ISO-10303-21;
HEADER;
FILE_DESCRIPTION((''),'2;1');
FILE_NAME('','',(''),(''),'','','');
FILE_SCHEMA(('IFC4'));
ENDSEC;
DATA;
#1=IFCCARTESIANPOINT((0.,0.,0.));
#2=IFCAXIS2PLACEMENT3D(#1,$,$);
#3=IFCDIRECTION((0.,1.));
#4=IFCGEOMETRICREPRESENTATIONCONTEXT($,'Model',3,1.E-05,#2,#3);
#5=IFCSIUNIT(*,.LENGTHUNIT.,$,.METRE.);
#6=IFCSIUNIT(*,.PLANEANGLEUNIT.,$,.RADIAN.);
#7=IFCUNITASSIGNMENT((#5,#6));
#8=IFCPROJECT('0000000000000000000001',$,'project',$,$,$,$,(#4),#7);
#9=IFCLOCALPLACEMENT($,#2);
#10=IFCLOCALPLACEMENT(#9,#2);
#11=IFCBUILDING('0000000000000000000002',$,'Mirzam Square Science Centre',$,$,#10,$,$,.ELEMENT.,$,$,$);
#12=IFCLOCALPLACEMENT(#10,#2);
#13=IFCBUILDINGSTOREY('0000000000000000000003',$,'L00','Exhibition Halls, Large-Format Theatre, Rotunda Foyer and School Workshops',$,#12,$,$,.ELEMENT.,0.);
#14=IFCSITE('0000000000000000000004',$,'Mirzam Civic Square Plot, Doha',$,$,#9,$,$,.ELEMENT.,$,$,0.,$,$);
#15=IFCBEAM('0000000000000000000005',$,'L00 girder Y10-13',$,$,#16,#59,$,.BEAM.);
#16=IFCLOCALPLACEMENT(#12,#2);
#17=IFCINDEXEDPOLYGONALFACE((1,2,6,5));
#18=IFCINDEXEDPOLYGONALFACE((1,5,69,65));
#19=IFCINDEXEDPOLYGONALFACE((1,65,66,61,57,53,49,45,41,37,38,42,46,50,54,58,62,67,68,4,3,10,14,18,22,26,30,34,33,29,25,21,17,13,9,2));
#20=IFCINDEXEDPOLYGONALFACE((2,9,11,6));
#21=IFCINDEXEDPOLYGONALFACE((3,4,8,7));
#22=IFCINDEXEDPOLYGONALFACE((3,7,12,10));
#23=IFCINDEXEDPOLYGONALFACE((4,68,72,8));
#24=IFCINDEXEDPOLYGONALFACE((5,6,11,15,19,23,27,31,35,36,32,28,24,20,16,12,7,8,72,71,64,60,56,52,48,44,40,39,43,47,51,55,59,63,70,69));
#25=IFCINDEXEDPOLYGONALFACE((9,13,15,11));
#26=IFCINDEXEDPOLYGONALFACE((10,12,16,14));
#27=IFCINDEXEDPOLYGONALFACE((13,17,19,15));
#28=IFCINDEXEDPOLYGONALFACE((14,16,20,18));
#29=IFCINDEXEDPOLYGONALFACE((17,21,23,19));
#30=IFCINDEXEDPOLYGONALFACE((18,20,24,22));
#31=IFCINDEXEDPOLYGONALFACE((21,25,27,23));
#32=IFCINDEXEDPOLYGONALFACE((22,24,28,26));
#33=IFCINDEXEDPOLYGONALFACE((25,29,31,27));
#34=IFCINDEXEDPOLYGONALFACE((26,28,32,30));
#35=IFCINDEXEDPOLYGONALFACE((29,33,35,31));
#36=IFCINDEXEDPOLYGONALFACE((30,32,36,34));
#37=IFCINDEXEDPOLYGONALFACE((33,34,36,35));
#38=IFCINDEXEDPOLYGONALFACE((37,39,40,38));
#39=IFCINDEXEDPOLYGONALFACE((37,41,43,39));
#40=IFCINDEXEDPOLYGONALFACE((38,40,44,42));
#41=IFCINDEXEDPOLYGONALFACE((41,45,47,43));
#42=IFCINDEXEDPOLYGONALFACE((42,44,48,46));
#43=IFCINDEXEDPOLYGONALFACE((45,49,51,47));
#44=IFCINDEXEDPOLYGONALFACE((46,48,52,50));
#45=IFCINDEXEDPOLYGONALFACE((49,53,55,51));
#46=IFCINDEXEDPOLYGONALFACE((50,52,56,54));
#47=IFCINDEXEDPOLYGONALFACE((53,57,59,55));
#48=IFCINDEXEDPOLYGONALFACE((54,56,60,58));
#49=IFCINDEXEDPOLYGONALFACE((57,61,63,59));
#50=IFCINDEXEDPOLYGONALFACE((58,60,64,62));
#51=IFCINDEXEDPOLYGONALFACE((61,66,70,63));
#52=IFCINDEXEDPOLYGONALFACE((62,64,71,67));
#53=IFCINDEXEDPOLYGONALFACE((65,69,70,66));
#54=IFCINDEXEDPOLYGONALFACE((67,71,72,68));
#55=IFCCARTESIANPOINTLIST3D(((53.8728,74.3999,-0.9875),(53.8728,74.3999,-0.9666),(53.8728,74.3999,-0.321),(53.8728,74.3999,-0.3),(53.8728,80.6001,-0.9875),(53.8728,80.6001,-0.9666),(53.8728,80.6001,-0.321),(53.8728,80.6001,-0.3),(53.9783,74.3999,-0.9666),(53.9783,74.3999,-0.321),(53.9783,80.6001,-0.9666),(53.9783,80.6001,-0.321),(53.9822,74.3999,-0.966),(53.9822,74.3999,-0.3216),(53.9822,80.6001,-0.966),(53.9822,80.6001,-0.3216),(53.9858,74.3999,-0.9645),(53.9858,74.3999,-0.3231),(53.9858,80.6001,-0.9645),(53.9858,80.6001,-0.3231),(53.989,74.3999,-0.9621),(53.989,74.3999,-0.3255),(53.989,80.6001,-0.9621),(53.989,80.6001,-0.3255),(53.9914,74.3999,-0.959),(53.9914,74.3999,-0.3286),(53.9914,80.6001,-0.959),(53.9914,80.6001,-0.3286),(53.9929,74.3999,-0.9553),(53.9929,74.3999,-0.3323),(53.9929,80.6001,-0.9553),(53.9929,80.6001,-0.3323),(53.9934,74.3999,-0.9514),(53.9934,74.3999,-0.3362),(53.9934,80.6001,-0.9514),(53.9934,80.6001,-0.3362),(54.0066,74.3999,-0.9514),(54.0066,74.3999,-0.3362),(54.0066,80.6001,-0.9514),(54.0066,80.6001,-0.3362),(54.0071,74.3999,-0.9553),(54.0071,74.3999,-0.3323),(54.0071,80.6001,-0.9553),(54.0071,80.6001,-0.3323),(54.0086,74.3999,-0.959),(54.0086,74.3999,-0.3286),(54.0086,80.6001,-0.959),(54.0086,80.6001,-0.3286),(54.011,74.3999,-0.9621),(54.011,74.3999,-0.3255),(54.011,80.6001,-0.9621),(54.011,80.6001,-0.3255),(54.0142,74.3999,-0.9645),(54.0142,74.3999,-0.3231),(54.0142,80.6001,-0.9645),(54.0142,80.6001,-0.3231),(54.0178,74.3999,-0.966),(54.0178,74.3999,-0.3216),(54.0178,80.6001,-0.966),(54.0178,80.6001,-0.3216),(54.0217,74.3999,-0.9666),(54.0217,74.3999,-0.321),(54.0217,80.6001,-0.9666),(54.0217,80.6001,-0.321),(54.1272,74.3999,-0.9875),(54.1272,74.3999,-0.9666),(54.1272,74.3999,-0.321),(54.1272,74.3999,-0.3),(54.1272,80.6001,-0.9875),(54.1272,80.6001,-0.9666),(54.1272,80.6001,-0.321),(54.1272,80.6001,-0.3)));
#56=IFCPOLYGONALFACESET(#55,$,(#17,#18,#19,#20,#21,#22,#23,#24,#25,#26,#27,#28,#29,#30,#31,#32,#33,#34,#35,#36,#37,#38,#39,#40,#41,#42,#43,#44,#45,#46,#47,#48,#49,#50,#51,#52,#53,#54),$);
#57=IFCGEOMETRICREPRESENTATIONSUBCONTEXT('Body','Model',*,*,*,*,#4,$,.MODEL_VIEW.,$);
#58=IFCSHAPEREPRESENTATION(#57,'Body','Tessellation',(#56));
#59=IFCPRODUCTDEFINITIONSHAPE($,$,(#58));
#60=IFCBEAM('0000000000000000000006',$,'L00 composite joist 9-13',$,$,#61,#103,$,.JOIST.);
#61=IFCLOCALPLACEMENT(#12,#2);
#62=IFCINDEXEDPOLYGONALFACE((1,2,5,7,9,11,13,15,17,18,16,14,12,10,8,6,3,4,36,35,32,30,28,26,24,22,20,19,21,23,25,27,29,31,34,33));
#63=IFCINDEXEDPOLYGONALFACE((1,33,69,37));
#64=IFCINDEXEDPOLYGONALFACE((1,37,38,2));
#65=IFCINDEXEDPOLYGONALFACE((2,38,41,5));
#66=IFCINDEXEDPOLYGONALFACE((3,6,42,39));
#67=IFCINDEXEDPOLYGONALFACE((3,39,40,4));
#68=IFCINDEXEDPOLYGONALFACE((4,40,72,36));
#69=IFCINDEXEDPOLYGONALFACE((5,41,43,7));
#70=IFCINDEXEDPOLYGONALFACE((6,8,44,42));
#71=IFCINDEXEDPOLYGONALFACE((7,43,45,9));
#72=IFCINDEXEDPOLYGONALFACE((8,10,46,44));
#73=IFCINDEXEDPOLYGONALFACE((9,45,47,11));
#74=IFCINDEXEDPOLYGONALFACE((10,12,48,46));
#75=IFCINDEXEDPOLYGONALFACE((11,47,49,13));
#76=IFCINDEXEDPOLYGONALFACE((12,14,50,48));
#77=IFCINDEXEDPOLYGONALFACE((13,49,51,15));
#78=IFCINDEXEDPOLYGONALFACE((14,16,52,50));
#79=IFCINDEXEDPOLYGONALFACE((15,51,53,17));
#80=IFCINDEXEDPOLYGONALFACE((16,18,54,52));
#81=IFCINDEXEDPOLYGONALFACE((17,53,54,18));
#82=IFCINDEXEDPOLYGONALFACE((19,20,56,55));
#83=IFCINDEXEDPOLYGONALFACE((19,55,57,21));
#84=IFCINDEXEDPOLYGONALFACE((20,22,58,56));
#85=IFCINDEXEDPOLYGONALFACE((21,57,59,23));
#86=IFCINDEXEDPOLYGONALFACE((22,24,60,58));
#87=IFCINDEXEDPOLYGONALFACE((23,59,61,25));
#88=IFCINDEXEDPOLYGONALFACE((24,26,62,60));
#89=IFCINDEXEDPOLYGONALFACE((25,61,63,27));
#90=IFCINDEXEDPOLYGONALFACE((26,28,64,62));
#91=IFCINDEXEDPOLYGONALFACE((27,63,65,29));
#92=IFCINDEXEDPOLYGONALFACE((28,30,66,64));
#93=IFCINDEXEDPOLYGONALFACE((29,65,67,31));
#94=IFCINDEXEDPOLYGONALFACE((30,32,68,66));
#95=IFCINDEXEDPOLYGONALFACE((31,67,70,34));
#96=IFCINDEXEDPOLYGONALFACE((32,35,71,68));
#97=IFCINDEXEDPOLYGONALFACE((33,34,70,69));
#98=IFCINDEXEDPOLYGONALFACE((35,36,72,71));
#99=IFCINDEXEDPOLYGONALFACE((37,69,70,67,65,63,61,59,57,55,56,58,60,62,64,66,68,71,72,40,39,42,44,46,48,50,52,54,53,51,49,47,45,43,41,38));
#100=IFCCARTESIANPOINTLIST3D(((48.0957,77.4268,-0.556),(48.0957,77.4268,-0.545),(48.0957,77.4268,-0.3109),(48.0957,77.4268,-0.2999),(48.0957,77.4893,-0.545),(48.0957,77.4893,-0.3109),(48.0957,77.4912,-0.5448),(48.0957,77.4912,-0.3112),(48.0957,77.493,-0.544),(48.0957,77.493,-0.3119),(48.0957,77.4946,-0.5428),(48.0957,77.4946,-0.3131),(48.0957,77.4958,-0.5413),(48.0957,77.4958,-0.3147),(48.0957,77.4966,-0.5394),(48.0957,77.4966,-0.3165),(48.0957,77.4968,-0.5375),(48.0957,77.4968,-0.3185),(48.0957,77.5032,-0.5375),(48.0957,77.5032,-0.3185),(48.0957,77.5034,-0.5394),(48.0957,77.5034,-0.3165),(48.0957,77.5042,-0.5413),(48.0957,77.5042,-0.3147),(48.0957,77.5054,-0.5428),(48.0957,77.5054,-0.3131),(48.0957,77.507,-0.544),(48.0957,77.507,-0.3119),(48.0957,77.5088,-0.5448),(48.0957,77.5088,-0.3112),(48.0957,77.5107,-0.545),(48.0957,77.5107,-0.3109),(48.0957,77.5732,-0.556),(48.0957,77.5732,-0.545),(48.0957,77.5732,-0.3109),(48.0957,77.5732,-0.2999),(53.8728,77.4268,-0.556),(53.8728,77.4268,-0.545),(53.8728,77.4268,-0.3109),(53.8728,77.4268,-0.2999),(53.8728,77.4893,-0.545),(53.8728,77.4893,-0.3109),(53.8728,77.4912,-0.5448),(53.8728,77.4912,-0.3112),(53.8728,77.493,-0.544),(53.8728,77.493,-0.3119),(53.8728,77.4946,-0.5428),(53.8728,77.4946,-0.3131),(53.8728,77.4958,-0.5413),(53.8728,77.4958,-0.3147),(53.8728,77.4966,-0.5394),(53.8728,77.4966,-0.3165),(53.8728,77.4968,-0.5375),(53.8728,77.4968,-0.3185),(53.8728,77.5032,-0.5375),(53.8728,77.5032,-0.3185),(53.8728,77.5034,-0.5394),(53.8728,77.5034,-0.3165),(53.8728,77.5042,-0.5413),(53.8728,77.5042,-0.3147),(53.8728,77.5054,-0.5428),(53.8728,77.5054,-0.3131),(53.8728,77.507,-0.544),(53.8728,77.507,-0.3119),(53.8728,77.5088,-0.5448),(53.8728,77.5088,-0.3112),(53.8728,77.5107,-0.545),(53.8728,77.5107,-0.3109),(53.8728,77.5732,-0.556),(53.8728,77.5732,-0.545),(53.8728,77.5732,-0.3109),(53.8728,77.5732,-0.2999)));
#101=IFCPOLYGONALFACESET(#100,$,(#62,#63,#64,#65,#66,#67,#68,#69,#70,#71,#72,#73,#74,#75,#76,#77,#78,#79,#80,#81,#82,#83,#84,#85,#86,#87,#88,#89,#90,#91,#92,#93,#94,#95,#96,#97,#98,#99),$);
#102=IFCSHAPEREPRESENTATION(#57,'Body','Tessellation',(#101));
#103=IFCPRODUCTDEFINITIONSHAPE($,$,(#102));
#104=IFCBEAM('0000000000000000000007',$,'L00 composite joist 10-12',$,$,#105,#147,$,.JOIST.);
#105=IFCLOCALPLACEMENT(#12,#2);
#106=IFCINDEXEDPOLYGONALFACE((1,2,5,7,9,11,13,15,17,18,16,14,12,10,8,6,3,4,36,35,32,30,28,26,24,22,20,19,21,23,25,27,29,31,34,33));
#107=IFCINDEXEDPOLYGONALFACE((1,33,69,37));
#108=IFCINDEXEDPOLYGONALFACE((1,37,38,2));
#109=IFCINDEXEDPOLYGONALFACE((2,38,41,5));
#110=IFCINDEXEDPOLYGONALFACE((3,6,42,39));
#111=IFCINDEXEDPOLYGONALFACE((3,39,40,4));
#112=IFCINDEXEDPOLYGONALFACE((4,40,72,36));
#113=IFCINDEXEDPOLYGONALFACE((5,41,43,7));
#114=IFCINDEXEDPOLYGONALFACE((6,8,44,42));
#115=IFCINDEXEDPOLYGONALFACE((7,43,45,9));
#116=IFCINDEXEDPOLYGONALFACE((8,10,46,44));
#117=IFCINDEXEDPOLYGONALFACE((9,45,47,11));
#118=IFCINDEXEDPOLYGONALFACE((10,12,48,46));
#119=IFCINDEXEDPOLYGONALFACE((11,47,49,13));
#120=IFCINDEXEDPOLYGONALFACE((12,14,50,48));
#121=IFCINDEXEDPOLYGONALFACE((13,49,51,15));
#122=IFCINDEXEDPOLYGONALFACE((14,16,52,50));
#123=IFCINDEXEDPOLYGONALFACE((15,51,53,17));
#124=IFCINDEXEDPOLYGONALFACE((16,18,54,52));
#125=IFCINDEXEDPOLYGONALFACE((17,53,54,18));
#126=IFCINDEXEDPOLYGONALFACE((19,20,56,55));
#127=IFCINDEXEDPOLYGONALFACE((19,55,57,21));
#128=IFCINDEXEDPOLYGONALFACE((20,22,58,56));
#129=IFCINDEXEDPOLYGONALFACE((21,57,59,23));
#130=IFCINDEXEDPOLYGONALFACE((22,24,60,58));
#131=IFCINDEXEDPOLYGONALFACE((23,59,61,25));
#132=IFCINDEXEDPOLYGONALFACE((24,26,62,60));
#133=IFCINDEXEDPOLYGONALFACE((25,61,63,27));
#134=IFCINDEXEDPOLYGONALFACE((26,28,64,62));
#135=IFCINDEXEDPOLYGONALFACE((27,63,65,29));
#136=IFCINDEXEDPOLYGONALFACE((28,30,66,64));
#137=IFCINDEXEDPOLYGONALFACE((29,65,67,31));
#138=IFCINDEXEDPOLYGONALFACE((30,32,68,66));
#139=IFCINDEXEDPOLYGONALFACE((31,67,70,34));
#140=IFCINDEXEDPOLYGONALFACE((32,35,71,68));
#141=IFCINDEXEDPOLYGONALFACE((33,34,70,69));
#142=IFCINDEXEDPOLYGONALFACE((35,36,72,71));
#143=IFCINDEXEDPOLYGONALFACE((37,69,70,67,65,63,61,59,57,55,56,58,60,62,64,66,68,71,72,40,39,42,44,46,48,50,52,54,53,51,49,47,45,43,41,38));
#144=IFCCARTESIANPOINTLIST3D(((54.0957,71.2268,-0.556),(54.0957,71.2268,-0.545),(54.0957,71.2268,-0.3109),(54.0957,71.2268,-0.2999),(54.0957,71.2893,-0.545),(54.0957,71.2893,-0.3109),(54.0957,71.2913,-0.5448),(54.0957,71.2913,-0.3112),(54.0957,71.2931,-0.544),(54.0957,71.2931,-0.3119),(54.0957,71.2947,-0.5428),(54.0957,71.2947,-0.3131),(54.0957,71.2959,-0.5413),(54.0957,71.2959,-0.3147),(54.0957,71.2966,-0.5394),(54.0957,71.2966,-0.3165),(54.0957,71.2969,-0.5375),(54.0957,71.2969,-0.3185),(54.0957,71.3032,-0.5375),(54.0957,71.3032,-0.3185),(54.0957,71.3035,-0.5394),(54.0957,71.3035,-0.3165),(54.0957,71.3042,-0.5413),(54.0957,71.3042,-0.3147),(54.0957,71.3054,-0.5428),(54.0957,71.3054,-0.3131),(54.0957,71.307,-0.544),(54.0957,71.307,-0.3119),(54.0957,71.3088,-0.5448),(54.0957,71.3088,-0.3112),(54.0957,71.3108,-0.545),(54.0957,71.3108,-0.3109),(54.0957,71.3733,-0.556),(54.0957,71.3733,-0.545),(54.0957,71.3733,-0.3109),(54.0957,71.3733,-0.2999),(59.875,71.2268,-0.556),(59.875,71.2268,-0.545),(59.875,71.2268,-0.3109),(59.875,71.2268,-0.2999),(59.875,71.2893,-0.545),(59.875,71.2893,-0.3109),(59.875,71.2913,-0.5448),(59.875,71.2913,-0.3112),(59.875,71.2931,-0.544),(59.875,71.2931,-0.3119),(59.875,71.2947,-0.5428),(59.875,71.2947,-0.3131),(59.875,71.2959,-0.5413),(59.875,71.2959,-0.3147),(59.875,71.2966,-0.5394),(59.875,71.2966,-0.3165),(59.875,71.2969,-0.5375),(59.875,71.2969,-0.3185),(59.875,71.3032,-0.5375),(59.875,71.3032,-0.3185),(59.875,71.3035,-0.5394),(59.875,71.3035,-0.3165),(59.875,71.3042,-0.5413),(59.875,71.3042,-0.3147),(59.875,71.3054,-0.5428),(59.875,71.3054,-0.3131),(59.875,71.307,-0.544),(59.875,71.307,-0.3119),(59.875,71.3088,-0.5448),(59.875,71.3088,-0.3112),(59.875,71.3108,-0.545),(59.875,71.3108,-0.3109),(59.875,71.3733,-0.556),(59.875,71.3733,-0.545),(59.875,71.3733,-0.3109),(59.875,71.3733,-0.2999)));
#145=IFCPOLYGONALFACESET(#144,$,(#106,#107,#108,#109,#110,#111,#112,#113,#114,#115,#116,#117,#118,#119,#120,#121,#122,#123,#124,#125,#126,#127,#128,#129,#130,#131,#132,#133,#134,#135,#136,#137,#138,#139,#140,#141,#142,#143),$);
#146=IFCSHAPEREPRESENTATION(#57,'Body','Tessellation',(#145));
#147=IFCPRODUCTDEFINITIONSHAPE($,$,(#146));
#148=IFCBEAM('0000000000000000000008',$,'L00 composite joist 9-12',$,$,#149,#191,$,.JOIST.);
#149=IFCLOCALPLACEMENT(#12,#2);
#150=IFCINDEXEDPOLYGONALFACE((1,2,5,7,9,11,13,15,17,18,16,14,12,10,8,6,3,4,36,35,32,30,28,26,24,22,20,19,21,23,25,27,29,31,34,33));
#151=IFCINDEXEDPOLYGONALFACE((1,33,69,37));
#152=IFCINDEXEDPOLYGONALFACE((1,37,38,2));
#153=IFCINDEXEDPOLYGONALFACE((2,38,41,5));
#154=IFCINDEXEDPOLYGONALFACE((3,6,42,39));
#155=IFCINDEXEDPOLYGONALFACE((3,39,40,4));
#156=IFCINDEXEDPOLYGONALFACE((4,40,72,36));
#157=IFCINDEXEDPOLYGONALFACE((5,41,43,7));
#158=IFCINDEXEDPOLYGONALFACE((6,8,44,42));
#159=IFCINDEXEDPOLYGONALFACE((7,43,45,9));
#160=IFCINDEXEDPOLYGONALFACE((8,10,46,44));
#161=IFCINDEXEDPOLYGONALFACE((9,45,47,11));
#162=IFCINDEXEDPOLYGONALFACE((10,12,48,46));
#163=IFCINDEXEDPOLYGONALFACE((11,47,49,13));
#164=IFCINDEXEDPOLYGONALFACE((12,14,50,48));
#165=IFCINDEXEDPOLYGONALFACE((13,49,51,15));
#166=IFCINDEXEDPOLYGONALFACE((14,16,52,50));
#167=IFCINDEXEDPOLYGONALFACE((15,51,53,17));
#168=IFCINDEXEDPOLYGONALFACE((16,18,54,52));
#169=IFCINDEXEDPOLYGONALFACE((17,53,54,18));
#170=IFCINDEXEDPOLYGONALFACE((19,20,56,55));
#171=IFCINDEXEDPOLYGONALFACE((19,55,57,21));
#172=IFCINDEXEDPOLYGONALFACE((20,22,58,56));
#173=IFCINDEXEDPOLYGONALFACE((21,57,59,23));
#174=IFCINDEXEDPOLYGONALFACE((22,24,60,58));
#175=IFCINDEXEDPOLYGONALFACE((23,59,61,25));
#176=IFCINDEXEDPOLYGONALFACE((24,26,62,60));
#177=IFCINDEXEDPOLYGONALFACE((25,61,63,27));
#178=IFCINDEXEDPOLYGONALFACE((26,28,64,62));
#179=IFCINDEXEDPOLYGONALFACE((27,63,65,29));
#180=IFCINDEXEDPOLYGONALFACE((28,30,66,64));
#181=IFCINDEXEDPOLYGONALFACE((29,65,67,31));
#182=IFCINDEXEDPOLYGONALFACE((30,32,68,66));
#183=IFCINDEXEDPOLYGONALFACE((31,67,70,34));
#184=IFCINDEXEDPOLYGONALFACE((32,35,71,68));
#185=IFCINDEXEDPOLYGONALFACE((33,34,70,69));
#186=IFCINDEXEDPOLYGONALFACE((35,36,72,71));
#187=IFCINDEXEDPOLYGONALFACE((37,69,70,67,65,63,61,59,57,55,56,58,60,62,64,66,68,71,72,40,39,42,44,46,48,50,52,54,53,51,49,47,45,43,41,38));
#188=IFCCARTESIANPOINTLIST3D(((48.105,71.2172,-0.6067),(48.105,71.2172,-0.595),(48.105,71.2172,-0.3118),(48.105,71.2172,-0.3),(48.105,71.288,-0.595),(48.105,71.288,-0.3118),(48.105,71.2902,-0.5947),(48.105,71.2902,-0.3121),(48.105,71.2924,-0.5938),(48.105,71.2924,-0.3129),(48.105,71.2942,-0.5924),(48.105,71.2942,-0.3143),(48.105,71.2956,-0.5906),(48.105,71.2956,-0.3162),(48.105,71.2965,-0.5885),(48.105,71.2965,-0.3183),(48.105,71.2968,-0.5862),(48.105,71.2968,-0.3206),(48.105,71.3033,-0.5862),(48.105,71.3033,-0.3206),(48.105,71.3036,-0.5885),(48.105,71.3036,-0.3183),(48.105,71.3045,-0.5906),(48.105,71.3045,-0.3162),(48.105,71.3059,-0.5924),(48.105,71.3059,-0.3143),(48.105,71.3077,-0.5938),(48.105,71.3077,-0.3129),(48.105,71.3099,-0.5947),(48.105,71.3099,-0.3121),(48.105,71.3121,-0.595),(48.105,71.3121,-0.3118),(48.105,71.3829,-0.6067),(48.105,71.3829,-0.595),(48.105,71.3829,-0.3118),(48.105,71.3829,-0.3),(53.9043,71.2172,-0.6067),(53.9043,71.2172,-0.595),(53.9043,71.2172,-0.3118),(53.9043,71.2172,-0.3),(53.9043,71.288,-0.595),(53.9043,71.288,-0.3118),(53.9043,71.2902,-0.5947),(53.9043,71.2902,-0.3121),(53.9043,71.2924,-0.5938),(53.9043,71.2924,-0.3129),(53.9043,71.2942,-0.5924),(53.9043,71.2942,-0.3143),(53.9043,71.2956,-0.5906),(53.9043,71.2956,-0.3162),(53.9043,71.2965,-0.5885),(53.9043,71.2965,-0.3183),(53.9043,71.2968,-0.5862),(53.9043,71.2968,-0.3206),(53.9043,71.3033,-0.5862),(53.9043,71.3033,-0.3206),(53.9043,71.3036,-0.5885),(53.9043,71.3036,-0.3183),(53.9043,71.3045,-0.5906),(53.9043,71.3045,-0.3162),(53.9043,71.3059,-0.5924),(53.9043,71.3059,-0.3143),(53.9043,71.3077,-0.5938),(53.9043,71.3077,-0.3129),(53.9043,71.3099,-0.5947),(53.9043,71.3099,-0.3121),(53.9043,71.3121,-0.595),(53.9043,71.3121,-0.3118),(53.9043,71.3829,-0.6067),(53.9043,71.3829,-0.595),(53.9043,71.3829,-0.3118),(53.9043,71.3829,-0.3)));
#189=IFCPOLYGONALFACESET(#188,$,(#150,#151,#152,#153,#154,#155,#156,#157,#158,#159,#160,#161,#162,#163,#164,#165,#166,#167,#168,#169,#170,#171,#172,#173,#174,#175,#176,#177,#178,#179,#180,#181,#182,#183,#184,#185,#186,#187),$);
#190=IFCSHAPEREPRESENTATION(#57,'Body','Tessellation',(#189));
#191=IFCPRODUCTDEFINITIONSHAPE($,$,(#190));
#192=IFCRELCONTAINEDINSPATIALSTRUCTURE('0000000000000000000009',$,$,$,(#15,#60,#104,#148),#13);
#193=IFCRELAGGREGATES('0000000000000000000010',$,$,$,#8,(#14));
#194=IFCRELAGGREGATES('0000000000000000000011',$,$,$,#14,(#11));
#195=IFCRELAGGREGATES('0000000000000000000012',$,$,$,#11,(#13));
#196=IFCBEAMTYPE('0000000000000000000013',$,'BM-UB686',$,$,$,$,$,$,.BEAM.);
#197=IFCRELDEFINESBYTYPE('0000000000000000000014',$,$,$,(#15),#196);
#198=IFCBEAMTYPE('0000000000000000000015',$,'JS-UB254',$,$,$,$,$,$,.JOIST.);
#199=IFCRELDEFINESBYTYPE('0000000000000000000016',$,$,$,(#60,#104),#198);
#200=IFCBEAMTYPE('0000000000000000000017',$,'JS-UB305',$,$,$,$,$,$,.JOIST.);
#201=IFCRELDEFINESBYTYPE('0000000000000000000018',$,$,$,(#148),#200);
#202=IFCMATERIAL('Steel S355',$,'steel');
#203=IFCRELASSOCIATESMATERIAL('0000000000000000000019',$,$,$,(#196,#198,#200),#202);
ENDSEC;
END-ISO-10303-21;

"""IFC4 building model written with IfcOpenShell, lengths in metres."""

from ifc_helpers import new_model, si_unit, direction, frame, origin, origin_2d, place, context, subcontext, project, spatial, i_section, extrude, material, material_profile, profile_set, type_object, element, save


model = new_model("IFC4")

# Units and contexts
model_context = context("Model", 3, precision=1e-05, world=origin(), true_north=direction((0.0, 1.0)))
body_context = subcontext(model_context, "Body", "Model", "MODEL_VIEW")
ifc_project = project(units=[si_unit("LENGTHUNIT", "METRE"), si_unit("PLANEANGLEUNIT", "RADIAN")], contexts=[model_context])

# Site, building, storey
site_placement = place(None, origin())
site = spatial("IfcSite", under=ifc_project, at=site_placement, Name="Mirzam Civic Square Plot, Doha", CompositionType="ELEMENT", RefElevation=0.0)
building_placement = place(site_placement, origin())
building = spatial("IfcBuilding", under=site, at=building_placement, Name="Mirzam Square Science Centre", CompositionType="ELEMENT")
storey_placement = place(building_placement, origin())
storey = spatial("IfcBuildingStorey", under=building, at=storey_placement, Name="L00", Description="Exhibition Halls, Large-Format Theatre, Rotunda Foyer and School Workshops", CompositionType="ELEMENT", Elevation=0.0)

# Shared definitions
ifc_material = material(Name="Steel S355", Category="steel")

# Beams
ifc_material_profile_1 = material_profile(ifc_material, i_section(OverallWidth=0.2544, OverallDepth=0.6875, WebThickness=0.0132, FlangeThickness=0.021, FilletRadius=0.0151, at=origin_2d()), Name="686x254x152UB")
ifc_profile_set_1 = profile_set([ifc_material_profile_1], Name="Steel S355")
beam_type_1 = type_object("IfcBeamType", Name="BM-UB686", PredefinedType="BEAM", material=ifc_profile_set_1)
beam_1_placement = place(storey_placement, frame((54.0, 74.3999, -0.6438), z_axis=(0.0, 1.0, 0.0), x_axis=(-1.0, 0.0, 0.0)))
element("IfcBeam", 1, at=beam_1_placement, inside=storey, type_object=beam_type_1, Name="L00 girder Y10-13", PredefinedType="BEAM", context=body_context, shape_type="SweptSolid", body=[
    extrude(i_section(OverallWidth=0.2544, OverallDepth=0.6875, WebThickness=0.0132, FlangeThickness=0.021, FilletRadius=0.0151, at=origin_2d()), origin(), (0.0, 0.0, 1.0), 6.2002),
])
ifc_material_profile_2 = material_profile(ifc_material, i_section(OverallWidth=0.1465, OverallDepth=0.2561, WebThickness=0.0063, FlangeThickness=0.011, FilletRadius=0.0076, at=origin_2d()), Name="254x146x37UB")
ifc_profile_set_2 = profile_set([ifc_material_profile_2], Name="Steel S355")
beam_type_2 = type_object("IfcBeamType", Name="JS-UB254", PredefinedType="JOIST", material=ifc_profile_set_2)
beam_2_placement = place(storey_placement, frame((48.0957, 77.5, -0.428), z_axis=(1.0, 0.0, 0.0), x_axis=(0.0, 1.0, 0.0)))
element("IfcBeam", 2, at=beam_2_placement, inside=storey, type_object=beam_type_2, Name="L00 composite joist 9-13", PredefinedType="JOIST", context=body_context, shape_type="SweptSolid", body=[
    extrude(i_section(OverallWidth=0.1465, OverallDepth=0.2561, WebThickness=0.0063, FlangeThickness=0.011, FilletRadius=0.0076, at=origin_2d()), origin(), (0.0, 0.0, 1.0), 5.7771),
])
beam_3_placement = place(storey_placement, frame((54.0957, 71.3, -0.428), z_axis=(1.0, 0.0, 0.0), x_axis=(0.0, 1.0, 0.0)))
element("IfcBeam", 3, at=beam_3_placement, inside=storey, type_object=beam_type_2, Name="L00 composite joist 10-12", PredefinedType="JOIST", context=body_context, shape_type="SweptSolid", body=[
    extrude(i_section(OverallWidth=0.1465, OverallDepth=0.2561, WebThickness=0.0063, FlangeThickness=0.011, FilletRadius=0.0076, at=origin_2d()), origin(), (0.0, 0.0, 1.0), 5.7793),
])
ifc_material_profile_3 = material_profile(ifc_material, i_section(OverallWidth=0.1658, OverallDepth=0.3066, WebThickness=0.0066, FlangeThickness=0.0117, FilletRadius=0.0088, at=origin_2d()), Name="305x165x46UB")
ifc_profile_set_3 = profile_set([ifc_material_profile_3], Name="Steel S355")
beam_type_3 = type_object("IfcBeamType", Name="JS-UB305", PredefinedType="JOIST", material=ifc_profile_set_3)
beam_4_placement = place(storey_placement, frame((48.105, 71.3, -0.4534), z_axis=(1.0, 0.0, 0.0), x_axis=(0.0, 1.0, 0.0)))
element("IfcBeam", 4, at=beam_4_placement, inside=storey, type_object=beam_type_3, Name="L00 composite joist 9-12", PredefinedType="JOIST", context=body_context, shape_type="SweptSolid", body=[
    extrude(i_section(OverallWidth=0.1658, OverallDepth=0.3066, WebThickness=0.0066, FlangeThickness=0.0117, FilletRadius=0.0088, at=origin_2d()), origin(), (0.0, 0.0, 1.0), 5.7993),
])

save(model, "model.ifc")
